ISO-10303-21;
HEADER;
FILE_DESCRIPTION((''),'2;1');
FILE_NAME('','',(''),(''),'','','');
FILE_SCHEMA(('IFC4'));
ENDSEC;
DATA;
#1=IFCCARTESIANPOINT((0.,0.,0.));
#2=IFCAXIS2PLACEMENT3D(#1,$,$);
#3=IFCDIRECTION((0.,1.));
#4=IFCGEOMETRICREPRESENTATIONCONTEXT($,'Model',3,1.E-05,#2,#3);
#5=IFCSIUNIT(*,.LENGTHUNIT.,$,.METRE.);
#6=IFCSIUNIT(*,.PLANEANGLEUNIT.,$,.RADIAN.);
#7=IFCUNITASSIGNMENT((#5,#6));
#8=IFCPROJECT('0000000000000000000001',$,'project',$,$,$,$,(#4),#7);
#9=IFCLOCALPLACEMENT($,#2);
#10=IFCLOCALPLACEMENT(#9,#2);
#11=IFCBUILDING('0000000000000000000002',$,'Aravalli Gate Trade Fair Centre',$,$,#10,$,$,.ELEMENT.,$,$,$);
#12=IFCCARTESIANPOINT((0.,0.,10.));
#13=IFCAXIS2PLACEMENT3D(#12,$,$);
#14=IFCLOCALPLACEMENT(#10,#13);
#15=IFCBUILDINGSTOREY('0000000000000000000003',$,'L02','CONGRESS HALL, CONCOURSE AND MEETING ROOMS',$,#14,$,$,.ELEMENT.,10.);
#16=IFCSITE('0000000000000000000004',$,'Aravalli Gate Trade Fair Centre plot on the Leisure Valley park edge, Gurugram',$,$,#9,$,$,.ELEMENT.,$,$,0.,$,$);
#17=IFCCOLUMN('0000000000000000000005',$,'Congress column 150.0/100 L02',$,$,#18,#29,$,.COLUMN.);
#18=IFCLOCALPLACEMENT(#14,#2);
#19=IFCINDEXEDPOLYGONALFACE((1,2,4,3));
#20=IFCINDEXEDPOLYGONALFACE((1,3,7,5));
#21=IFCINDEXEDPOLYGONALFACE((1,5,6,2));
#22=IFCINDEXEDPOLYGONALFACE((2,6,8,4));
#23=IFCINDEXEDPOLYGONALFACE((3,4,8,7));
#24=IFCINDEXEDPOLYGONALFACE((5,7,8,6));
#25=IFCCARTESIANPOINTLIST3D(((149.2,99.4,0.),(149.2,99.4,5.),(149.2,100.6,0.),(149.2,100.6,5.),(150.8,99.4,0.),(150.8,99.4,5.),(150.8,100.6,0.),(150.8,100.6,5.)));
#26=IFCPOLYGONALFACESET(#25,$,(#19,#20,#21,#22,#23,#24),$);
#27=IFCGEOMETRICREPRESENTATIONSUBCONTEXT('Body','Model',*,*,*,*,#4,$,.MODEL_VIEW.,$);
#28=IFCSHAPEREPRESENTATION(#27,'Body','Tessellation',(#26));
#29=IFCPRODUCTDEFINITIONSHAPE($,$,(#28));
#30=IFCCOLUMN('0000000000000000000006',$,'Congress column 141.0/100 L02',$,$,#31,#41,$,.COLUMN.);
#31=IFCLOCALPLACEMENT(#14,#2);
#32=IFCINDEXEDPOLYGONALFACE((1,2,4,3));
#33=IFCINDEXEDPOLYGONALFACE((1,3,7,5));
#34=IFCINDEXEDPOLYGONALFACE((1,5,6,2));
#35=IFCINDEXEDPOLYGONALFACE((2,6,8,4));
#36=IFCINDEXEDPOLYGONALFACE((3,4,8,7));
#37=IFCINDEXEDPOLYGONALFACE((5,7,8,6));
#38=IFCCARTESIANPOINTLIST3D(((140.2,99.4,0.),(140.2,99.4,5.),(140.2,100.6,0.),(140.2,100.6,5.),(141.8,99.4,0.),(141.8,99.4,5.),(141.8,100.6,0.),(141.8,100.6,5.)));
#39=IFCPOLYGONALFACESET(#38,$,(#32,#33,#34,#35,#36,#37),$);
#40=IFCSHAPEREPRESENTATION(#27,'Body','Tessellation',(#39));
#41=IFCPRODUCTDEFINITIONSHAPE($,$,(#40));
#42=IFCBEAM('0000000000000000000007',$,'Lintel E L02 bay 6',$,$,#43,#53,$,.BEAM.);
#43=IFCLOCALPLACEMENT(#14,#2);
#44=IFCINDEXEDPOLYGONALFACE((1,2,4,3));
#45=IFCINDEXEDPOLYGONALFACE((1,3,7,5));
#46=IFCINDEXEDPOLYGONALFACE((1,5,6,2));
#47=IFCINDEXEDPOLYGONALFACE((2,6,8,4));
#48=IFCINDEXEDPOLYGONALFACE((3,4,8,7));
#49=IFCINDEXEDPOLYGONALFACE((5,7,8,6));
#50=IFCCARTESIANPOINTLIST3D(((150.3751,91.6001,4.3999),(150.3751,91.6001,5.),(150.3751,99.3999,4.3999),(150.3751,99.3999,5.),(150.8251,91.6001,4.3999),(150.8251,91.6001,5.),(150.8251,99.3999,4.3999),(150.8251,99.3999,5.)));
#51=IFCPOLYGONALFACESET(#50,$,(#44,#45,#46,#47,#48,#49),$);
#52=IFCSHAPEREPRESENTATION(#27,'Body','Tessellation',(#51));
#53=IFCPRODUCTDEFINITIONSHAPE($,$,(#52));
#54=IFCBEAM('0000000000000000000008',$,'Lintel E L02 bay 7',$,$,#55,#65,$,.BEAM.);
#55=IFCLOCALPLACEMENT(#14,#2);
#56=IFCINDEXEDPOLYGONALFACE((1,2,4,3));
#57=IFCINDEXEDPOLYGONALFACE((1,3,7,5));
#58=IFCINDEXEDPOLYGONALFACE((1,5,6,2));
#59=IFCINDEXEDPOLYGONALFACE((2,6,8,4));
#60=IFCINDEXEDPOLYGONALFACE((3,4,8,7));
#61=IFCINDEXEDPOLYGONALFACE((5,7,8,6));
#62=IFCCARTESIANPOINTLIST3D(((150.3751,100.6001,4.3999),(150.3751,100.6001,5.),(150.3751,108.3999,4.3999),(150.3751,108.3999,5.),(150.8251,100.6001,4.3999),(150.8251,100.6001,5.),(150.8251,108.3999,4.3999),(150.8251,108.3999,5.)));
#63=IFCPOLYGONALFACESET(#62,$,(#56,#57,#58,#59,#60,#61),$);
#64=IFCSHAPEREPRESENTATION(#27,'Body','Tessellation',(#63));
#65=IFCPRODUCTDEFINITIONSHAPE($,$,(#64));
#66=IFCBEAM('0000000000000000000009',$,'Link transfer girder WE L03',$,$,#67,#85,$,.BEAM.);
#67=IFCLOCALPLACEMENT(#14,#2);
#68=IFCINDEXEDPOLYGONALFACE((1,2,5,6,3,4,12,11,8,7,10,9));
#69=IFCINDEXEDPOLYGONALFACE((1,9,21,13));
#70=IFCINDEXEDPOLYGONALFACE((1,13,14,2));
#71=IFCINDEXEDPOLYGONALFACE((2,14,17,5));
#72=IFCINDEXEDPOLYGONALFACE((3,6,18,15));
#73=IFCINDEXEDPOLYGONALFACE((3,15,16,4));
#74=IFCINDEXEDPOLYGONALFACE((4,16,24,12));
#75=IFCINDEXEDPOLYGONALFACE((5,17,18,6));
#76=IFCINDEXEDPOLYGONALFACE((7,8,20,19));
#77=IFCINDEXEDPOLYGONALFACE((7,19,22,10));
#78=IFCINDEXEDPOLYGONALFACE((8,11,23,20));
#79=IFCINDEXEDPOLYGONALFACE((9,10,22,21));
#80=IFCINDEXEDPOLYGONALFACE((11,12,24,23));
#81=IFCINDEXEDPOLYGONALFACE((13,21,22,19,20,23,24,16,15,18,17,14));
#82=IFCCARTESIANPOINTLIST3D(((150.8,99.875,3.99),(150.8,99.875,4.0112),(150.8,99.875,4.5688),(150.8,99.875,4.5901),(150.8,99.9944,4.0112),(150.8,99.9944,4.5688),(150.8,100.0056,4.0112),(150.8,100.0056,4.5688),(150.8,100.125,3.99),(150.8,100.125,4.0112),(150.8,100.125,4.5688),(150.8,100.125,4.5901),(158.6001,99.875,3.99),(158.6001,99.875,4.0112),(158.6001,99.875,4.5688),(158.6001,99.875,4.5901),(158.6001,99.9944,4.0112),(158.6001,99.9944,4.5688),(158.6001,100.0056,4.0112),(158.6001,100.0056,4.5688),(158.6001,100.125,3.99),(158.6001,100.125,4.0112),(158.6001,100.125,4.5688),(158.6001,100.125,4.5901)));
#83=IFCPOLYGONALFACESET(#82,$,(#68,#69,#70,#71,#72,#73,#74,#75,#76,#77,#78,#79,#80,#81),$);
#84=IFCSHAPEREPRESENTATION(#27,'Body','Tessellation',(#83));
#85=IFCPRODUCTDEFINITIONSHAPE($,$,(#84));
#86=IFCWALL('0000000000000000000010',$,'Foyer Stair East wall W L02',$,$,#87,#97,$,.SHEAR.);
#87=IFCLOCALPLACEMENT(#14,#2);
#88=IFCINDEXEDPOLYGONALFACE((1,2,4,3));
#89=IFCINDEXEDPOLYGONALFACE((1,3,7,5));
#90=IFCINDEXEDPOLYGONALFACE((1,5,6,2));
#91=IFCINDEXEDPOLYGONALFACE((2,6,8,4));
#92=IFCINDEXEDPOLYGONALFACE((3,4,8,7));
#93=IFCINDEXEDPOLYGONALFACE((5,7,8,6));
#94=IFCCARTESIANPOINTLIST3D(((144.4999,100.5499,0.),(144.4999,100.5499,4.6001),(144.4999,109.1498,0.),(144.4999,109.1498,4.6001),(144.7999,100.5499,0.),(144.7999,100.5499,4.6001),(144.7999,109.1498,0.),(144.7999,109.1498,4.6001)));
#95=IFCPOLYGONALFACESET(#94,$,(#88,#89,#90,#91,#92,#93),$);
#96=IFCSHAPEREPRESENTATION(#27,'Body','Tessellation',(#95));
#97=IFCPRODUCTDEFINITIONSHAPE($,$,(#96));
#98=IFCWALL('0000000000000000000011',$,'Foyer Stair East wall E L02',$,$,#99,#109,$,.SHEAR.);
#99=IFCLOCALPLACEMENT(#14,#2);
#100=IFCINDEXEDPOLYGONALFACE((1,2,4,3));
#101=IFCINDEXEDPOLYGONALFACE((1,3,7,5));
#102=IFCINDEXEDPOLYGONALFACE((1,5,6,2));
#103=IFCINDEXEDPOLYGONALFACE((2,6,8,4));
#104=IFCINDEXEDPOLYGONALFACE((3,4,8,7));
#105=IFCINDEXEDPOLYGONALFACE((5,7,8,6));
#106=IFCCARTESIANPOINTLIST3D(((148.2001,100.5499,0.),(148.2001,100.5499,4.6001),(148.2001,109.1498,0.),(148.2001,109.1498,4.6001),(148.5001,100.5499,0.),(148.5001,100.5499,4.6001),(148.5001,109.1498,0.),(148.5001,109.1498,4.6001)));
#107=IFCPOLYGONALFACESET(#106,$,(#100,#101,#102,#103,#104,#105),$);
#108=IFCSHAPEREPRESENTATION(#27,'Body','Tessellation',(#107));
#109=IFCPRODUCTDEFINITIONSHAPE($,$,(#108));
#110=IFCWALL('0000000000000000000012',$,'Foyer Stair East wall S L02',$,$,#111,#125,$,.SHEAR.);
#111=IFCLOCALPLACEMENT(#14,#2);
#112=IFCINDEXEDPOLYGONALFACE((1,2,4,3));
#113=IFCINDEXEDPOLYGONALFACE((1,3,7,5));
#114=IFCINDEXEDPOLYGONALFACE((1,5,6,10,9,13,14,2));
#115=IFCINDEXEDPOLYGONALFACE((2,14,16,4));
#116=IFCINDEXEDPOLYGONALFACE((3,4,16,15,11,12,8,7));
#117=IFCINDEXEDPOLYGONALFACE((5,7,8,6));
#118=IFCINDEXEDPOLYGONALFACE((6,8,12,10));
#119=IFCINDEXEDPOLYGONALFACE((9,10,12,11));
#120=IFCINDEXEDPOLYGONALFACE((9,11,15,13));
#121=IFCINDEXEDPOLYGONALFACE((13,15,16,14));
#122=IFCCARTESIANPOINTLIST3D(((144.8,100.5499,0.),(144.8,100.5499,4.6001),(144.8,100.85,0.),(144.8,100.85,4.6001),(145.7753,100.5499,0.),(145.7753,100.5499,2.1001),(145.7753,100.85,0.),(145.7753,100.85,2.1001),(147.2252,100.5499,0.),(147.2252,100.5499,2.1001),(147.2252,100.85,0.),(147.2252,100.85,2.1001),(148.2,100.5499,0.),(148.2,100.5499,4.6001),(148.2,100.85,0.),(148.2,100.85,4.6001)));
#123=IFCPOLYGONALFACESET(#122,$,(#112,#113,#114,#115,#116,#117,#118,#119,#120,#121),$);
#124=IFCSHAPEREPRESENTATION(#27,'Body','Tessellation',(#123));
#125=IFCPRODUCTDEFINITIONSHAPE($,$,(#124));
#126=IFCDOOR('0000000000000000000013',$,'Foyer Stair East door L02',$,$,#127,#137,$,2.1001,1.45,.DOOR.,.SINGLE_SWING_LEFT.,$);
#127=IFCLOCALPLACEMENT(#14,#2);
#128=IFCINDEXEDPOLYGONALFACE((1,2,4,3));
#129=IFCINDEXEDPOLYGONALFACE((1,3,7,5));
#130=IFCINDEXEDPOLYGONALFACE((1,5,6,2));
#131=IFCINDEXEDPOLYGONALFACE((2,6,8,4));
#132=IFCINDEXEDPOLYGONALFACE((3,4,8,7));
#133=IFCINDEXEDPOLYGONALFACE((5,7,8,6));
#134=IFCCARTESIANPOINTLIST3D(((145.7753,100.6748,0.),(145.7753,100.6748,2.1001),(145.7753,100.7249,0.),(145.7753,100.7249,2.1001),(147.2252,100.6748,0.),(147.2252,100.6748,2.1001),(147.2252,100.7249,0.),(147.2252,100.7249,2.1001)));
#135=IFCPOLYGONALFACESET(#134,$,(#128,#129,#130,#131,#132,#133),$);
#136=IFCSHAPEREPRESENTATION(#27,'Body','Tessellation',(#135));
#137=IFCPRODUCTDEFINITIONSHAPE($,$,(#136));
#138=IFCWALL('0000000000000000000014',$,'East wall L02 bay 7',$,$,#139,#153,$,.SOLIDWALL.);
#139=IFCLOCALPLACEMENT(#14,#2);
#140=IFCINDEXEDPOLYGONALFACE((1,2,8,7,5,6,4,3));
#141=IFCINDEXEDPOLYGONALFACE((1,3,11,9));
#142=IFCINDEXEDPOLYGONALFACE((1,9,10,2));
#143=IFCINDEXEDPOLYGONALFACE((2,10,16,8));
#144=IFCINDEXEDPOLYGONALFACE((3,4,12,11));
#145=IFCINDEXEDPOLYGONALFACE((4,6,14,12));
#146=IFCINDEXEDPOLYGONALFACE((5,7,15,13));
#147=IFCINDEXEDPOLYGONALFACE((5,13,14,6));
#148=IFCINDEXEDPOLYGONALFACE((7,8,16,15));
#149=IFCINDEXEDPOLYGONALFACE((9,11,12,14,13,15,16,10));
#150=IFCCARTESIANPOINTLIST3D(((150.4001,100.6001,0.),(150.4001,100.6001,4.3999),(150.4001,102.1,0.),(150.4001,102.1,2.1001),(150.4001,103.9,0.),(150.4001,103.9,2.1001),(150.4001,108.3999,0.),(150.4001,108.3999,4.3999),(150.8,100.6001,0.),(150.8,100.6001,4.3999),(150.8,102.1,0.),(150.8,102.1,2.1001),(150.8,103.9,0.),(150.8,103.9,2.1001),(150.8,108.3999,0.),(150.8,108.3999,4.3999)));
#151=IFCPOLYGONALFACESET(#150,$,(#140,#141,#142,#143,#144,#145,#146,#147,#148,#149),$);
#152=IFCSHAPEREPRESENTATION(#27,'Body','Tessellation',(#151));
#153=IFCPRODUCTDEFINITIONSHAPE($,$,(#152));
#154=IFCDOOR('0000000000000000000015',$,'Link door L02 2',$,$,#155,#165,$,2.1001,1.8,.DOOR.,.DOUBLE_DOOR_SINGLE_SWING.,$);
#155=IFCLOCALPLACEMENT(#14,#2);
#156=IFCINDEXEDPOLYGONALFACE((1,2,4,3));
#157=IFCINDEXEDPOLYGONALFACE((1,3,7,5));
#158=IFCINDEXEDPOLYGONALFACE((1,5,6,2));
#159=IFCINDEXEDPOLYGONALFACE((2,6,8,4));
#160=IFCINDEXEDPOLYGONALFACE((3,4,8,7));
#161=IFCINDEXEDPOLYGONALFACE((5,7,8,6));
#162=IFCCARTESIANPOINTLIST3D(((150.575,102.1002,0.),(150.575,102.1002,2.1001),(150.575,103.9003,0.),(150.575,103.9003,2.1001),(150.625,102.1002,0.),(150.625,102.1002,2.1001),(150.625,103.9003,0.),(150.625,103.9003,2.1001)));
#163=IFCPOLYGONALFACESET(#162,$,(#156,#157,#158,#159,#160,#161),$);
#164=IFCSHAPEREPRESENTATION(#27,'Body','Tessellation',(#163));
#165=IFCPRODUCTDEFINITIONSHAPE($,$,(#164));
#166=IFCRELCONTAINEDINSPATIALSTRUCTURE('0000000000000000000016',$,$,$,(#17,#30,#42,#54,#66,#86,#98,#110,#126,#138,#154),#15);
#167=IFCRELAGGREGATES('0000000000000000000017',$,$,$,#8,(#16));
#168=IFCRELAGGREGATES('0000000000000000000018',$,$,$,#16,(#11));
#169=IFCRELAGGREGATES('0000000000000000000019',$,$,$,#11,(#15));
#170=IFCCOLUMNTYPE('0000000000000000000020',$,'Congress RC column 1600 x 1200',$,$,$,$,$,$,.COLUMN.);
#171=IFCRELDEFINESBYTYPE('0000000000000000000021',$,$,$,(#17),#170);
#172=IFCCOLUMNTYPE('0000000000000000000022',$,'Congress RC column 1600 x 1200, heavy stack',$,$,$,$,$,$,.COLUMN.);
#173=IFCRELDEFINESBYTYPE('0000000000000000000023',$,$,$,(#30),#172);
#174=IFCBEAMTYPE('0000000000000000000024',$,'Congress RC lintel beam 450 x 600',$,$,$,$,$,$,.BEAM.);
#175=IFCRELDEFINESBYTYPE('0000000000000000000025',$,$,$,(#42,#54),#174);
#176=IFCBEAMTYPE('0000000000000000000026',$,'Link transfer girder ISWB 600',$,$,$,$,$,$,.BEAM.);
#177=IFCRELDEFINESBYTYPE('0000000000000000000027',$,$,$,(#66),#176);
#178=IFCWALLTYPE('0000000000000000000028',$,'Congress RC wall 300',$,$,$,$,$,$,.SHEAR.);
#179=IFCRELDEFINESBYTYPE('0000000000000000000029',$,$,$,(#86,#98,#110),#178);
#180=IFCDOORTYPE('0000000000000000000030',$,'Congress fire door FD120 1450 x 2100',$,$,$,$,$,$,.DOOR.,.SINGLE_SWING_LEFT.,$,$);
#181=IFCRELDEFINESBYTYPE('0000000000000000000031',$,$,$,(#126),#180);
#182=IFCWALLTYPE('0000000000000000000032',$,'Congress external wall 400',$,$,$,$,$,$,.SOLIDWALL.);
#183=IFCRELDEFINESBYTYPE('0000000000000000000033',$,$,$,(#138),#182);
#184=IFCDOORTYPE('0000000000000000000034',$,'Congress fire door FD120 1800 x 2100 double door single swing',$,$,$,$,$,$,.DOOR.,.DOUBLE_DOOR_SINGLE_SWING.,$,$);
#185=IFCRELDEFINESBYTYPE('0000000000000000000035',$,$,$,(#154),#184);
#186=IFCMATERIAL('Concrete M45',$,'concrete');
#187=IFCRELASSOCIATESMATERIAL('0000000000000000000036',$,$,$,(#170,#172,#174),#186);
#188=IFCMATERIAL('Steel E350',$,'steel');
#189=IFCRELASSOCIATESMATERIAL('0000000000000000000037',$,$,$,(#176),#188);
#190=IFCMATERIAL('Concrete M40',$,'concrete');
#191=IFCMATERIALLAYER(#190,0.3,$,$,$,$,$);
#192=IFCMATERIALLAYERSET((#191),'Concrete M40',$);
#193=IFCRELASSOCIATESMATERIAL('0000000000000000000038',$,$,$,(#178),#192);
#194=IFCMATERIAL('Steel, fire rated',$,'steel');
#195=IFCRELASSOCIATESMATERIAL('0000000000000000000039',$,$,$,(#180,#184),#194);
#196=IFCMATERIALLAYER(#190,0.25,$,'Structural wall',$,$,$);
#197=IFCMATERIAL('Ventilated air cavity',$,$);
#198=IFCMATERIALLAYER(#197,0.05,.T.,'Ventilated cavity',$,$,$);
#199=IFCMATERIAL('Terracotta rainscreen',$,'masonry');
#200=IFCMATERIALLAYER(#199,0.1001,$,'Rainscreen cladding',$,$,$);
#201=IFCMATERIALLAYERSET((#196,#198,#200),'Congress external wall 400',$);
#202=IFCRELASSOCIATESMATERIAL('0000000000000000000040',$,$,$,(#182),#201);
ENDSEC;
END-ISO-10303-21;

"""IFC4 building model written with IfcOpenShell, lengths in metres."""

from ifc_helpers import new_model, si_unit, direction, frame, frame_2d, origin, origin_2d, place, context, subcontext, project, spatial, rectangle, i_section, extrude, material, layer, layer_set, material_profile, profile_set, type_object, element, fill, save


model = new_model("IFC4")

# Units and contexts
model_context = context("Model", 3, precision=1e-05, world=origin(), true_north=direction((0.0, 1.0)))
body_context = subcontext(model_context, "Body", "Model", "MODEL_VIEW")
ifc_project = project(units=[si_unit("LENGTHUNIT", "METRE"), si_unit("PLANEANGLEUNIT", "RADIAN")], contexts=[model_context])

# Site, building, storey
site_placement = place(None, origin())
site = spatial("IfcSite", under=ifc_project, at=site_placement, Name="Aravalli Gate Trade Fair Centre plot on the Leisure Valley park edge, Gurugram", CompositionType="ELEMENT", RefElevation=0.0)
building_placement = place(site_placement, origin())
building = spatial("IfcBuilding", under=site, at=building_placement, Name="Aravalli Gate Trade Fair Centre", CompositionType="ELEMENT")
storey_placement = place(building_placement, frame((0.0, 0.0, 10.0)))
storey = spatial("IfcBuildingStorey", under=building, at=storey_placement, Name="L02", Description="CONGRESS HALL, CONCOURSE AND MEETING ROOMS", CompositionType="ELEMENT", Elevation=10.0)

# Columns
ifc_material_1 = material(Name="Concrete M45", Category="concrete")
ifc_material_profile_1 = material_profile(ifc_material_1, rectangle(XDim=1.6001, YDim=1.2, at=origin_2d()), Name="RC 1600x1200")
ifc_profile_set_1 = profile_set([ifc_material_profile_1], Name="Concrete M45")
column_type_1 = type_object("IfcColumnType", Name="Congress RC column 1600 x 1200", PredefinedType="COLUMN", material=ifc_profile_set_1)
column_1_placement = place(storey_placement, frame((150.0, 100.0, 0.0), z_axis=(0.0, 0.0, 1.0), x_axis=(1.0, 0.0, 0.0)))
element("IfcColumn", 1, at=column_1_placement, inside=storey, type_object=column_type_1, Name="Congress column 150.0/100 L02", PredefinedType="COLUMN", context=body_context, shape_type="SweptSolid", body=[
    extrude(rectangle(XDim=1.6001, YDim=1.2, at=origin_2d()), origin(), (0.0, 0.0, 1.0), 5.0),
])
ifc_material_profile_2 = material_profile(ifc_material_1, rectangle(XDim=1.6001, YDim=1.2, at=origin_2d()), Name="RC 1600x1200")
ifc_profile_set_2 = profile_set([ifc_material_profile_2], Name="Concrete M45")
column_type_2 = type_object("IfcColumnType", Name="Congress RC column 1600 x 1200, heavy stack", PredefinedType="COLUMN", material=ifc_profile_set_2)
column_2_placement = place(storey_placement, frame((141.0, 100.0, 0.0), z_axis=(0.0, 0.0, 1.0), x_axis=(1.0, 0.0, 0.0)))
element("IfcColumn", 2, at=column_2_placement, inside=storey, type_object=column_type_2, Name="Congress column 141.0/100 L02", PredefinedType="COLUMN", context=body_context, shape_type="SweptSolid", body=[
    extrude(rectangle(XDim=1.6001, YDim=1.2, at=origin_2d()), origin(), (0.0, 0.0, 1.0), 5.0),
])

# Beams
ifc_material_profile_3 = material_profile(ifc_material_1, rectangle(XDim=0.45, YDim=0.6001, at=origin_2d()), Name="RC 450x600")
ifc_profile_set_3 = profile_set([ifc_material_profile_3], Name="Concrete M45")
beam_type_1 = type_object("IfcBeamType", Name="Congress RC lintel beam 450 x 600", PredefinedType="BEAM", material=ifc_profile_set_3)
for number, where, z_axis, x_axis, name in (
    (3, (150.6001, 91.6001, 4.7), (0.0, 1.0, 0.0), (-1.0, 0.0, 0.0), "Lintel E L02 bay 6"),
    (4, (150.6001, 100.6001, 4.7), (0.0, 1.0, 0.0), (-1.0, 0.0, 0.0), "Lintel E L02 bay 7"),
):
    element("IfcBeam", number, at=place(storey_placement, frame(where, z_axis=z_axis, x_axis=x_axis)), inside=storey, type_object=beam_type_1, Name=name, PredefinedType="BEAM", context=body_context, shape_type="SweptSolid", body=[
        extrude(rectangle(XDim=0.45, YDim=0.6001, at=origin_2d()), origin(), (0.0, 0.0, 1.0), 7.7998),
    ])
ifc_material_2 = material(Name="Steel E350", Category="steel")
ifc_material_profile_4 = material_profile(ifc_material_2, i_section(OverallWidth=0.25, OverallDepth=0.6001, WebThickness=0.0112, FlangeThickness=0.0212, at=origin_2d()), Name="ISWB 600")
ifc_profile_set_4 = profile_set([ifc_material_profile_4], Name="Steel E350")
beam_type_2 = type_object("IfcBeamType", Name="Link transfer girder ISWB 600", PredefinedType="BEAM", material=ifc_profile_set_4)
beam_placement = place(storey_placement, frame((150.8, 100.0, 4.29), z_axis=(1.0, 0.0, 0.0), x_axis=(0.0, 1.0, 0.0)))
element("IfcBeam", 5, at=beam_placement, inside=storey, type_object=beam_type_2, Name="Link transfer girder WE L03", PredefinedType="BEAM", context=body_context, shape_type="SweptSolid", body=[
    extrude(i_section(OverallWidth=0.25, OverallDepth=0.6001, WebThickness=0.0112, FlangeThickness=0.0212, at=origin_2d()), origin(), (0.0, 0.0, 1.0), 7.8),
])

# Walls
ifc_material_3 = material(Name="Concrete M40", Category="concrete")
ifc_layer_1 = layer(ifc_material_3, 0.3)
ifc_layer_set_1 = layer_set([ifc_layer_1], Name="Concrete M40")
wall_type_1 = type_object("IfcWallType", Name="Congress RC wall 300", PredefinedType="SHEAR", material=ifc_layer_set_1)
for number, where, z_axis, x_axis, name in (
    (6, (144.6499, 100.55, 0.0), (0.0, 0.0, 1.0), (0.0, 1.0, 0.0), "Foyer Stair East wall W L02"),
    (7, (148.3501, 100.55, 0.0), (0.0, 0.0, 1.0), (0.0, 1.0, 0.0), "Foyer Stair East wall E L02"),
):
    element("IfcWall", number, at=place(storey_placement, frame(where, z_axis=z_axis, x_axis=x_axis)), inside=storey, type_object=wall_type_1, Name=name, PredefinedType="SHEAR", context=body_context, shape_type="SweptSolid", body=[
        extrude(rectangle(XDim=8.5999, YDim=0.3, at=frame_2d((4.2998, 0.0))), origin(), (0.0, 0.0, 1.0), 4.6001),
    ])

# Walls, openings, doors
wall_1_placement = place(storey_placement, frame((144.8, 100.7, 0.0), z_axis=(0.0, 0.0, 1.0), x_axis=(1.0, 0.0, 0.0)))
wall_1 = element("IfcWall", 8, at=wall_1_placement, inside=storey, type_object=wall_type_1, Name="Foyer Stair East wall S L02", PredefinedType="SHEAR", context=body_context, shape_type="SweptSolid", body=[
    extrude(rectangle(XDim=3.3999, YDim=0.3, at=frame_2d((1.7, 0.0))), origin(), (0.0, 0.0, 1.0), 4.6001),
])
opening_1_placement = place(wall_1_placement, frame((0.9751, 0.0, 0.0)))
opening_1 = element("IfcOpeningElement", 9, at=opening_1_placement, cuts=wall_1, PredefinedType="OPENING", context=body_context, shape_type="SweptSolid", body=[
    extrude(rectangle(XDim=1.45, YDim=2.1001, at=frame_2d((0.7251, 1.05))), frame((0.0, 0.1599, 0.0), z_axis=(0.0, -1.0, 0.0), x_axis=(1.0, 0.0, 0.0)), (0.0, 0.0, 1.0), 0.3201),
])
ifc_material_4 = material(Name="Steel, fire rated", Category="steel")
door_type_1 = type_object("IfcDoorType", Name="Congress fire door FD120 1450 x 2100", OperationType="SINGLE_SWING_LEFT", PredefinedType="DOOR", material=ifc_material_4)
door_1_placement = place(opening_1_placement, origin())
door_1 = element("IfcDoor", 10, at=door_1_placement, inside=storey, type_object=door_type_1, Name="Foyer Stair East door L02", OperationType="SINGLE_SWING_LEFT", OverallHeight=2.1001, OverallWidth=1.45, PredefinedType="DOOR", context=body_context, shape_type="SweptSolid", body=[
    extrude(rectangle(XDim=1.45, YDim=2.1001, at=frame_2d((0.7251, 1.05))), frame((0.0, 0.0249, 0.0), z_axis=(0.0, -1.0, 0.0), x_axis=(1.0, 0.0, 0.0)), (0.0, 0.0, 1.0), 0.05),
])
fill(opening_1, door_1)
ifc_layer_2 = layer(ifc_material_3, 0.25, Name="Structural wall")
ifc_material_5 = material(Name="Ventilated air cavity")
ifc_layer_3 = layer(ifc_material_5, 0.05, ventilated=True, Name="Ventilated cavity")
ifc_material_6 = material(Name="Terracotta rainscreen", Category="masonry")
ifc_layer_4 = layer(ifc_material_6, 0.1001, Name="Rainscreen cladding")
ifc_layer_set_2 = layer_set([ifc_layer_2, ifc_layer_3, ifc_layer_4], Name="Congress external wall 400")
wall_type_2 = type_object("IfcWallType", Name="Congress external wall 400", PredefinedType="SOLIDWALL", material=ifc_layer_set_2)
wall_2_placement = place(storey_placement, frame((150.6001, 100.6001, 0.0), z_axis=(0.0, 0.0, 1.0), x_axis=(0.0, 1.0, 0.0)))
wall_2 = element("IfcWall", 11, at=wall_2_placement, inside=storey, type_object=wall_type_2, Name="East wall L02 bay 7", PredefinedType="SOLIDWALL", context=body_context, shape_type="SweptSolid", body=[
    extrude(rectangle(XDim=7.7998, YDim=0.3999, at=frame_2d((3.8999, 0.0))), origin(), (0.0, 0.0, 1.0), 4.3999),
])
opening_2_placement = place(wall_2_placement, frame((1.5, 0.0, 0.0)))
opening_2 = element("IfcOpeningElement", 12, at=opening_2_placement, cuts=wall_2, PredefinedType="OPENING", context=body_context, shape_type="SweptSolid", body=[
    extrude(rectangle(XDim=1.8, YDim=2.1001, at=frame_2d((0.8999, 1.05))), frame((0.0, 0.21, 0.0), z_axis=(0.0, -1.0, 0.0), x_axis=(1.0, 0.0, 0.0)), (0.0, 0.0, 1.0), 0.4199),
])
door_type_2 = type_object("IfcDoorType", Name="Congress fire door FD120 1800 x 2100 double door single swing", OperationType="DOUBLE_DOOR_SINGLE_SWING", PredefinedType="DOOR", material=ifc_material_4)
door_2_placement = place(opening_2_placement, frame((1.8, 0.0, 0.0), z_axis=(0.0, 0.0, 1.0), x_axis=(-1.0, 0.0, 0.0)))
door_2 = element("IfcDoor", 13, at=door_2_placement, inside=storey, type_object=door_type_2, Name="Link door L02 2", OperationType="DOUBLE_DOOR_SINGLE_SWING", OverallHeight=2.1001, OverallWidth=1.8, PredefinedType="DOOR", context=body_context, shape_type="SweptSolid", body=[
    extrude(rectangle(XDim=1.8, YDim=2.1001, at=frame_2d((0.8999, 1.05))), frame((0.0, 0.0249, 0.0), z_axis=(0.0, -1.0, 0.0), x_axis=(1.0, 0.0, 0.0)), (0.0, 0.0, 1.0), 0.05),
])
fill(opening_2, door_2)

save(model, "model.ifc")
